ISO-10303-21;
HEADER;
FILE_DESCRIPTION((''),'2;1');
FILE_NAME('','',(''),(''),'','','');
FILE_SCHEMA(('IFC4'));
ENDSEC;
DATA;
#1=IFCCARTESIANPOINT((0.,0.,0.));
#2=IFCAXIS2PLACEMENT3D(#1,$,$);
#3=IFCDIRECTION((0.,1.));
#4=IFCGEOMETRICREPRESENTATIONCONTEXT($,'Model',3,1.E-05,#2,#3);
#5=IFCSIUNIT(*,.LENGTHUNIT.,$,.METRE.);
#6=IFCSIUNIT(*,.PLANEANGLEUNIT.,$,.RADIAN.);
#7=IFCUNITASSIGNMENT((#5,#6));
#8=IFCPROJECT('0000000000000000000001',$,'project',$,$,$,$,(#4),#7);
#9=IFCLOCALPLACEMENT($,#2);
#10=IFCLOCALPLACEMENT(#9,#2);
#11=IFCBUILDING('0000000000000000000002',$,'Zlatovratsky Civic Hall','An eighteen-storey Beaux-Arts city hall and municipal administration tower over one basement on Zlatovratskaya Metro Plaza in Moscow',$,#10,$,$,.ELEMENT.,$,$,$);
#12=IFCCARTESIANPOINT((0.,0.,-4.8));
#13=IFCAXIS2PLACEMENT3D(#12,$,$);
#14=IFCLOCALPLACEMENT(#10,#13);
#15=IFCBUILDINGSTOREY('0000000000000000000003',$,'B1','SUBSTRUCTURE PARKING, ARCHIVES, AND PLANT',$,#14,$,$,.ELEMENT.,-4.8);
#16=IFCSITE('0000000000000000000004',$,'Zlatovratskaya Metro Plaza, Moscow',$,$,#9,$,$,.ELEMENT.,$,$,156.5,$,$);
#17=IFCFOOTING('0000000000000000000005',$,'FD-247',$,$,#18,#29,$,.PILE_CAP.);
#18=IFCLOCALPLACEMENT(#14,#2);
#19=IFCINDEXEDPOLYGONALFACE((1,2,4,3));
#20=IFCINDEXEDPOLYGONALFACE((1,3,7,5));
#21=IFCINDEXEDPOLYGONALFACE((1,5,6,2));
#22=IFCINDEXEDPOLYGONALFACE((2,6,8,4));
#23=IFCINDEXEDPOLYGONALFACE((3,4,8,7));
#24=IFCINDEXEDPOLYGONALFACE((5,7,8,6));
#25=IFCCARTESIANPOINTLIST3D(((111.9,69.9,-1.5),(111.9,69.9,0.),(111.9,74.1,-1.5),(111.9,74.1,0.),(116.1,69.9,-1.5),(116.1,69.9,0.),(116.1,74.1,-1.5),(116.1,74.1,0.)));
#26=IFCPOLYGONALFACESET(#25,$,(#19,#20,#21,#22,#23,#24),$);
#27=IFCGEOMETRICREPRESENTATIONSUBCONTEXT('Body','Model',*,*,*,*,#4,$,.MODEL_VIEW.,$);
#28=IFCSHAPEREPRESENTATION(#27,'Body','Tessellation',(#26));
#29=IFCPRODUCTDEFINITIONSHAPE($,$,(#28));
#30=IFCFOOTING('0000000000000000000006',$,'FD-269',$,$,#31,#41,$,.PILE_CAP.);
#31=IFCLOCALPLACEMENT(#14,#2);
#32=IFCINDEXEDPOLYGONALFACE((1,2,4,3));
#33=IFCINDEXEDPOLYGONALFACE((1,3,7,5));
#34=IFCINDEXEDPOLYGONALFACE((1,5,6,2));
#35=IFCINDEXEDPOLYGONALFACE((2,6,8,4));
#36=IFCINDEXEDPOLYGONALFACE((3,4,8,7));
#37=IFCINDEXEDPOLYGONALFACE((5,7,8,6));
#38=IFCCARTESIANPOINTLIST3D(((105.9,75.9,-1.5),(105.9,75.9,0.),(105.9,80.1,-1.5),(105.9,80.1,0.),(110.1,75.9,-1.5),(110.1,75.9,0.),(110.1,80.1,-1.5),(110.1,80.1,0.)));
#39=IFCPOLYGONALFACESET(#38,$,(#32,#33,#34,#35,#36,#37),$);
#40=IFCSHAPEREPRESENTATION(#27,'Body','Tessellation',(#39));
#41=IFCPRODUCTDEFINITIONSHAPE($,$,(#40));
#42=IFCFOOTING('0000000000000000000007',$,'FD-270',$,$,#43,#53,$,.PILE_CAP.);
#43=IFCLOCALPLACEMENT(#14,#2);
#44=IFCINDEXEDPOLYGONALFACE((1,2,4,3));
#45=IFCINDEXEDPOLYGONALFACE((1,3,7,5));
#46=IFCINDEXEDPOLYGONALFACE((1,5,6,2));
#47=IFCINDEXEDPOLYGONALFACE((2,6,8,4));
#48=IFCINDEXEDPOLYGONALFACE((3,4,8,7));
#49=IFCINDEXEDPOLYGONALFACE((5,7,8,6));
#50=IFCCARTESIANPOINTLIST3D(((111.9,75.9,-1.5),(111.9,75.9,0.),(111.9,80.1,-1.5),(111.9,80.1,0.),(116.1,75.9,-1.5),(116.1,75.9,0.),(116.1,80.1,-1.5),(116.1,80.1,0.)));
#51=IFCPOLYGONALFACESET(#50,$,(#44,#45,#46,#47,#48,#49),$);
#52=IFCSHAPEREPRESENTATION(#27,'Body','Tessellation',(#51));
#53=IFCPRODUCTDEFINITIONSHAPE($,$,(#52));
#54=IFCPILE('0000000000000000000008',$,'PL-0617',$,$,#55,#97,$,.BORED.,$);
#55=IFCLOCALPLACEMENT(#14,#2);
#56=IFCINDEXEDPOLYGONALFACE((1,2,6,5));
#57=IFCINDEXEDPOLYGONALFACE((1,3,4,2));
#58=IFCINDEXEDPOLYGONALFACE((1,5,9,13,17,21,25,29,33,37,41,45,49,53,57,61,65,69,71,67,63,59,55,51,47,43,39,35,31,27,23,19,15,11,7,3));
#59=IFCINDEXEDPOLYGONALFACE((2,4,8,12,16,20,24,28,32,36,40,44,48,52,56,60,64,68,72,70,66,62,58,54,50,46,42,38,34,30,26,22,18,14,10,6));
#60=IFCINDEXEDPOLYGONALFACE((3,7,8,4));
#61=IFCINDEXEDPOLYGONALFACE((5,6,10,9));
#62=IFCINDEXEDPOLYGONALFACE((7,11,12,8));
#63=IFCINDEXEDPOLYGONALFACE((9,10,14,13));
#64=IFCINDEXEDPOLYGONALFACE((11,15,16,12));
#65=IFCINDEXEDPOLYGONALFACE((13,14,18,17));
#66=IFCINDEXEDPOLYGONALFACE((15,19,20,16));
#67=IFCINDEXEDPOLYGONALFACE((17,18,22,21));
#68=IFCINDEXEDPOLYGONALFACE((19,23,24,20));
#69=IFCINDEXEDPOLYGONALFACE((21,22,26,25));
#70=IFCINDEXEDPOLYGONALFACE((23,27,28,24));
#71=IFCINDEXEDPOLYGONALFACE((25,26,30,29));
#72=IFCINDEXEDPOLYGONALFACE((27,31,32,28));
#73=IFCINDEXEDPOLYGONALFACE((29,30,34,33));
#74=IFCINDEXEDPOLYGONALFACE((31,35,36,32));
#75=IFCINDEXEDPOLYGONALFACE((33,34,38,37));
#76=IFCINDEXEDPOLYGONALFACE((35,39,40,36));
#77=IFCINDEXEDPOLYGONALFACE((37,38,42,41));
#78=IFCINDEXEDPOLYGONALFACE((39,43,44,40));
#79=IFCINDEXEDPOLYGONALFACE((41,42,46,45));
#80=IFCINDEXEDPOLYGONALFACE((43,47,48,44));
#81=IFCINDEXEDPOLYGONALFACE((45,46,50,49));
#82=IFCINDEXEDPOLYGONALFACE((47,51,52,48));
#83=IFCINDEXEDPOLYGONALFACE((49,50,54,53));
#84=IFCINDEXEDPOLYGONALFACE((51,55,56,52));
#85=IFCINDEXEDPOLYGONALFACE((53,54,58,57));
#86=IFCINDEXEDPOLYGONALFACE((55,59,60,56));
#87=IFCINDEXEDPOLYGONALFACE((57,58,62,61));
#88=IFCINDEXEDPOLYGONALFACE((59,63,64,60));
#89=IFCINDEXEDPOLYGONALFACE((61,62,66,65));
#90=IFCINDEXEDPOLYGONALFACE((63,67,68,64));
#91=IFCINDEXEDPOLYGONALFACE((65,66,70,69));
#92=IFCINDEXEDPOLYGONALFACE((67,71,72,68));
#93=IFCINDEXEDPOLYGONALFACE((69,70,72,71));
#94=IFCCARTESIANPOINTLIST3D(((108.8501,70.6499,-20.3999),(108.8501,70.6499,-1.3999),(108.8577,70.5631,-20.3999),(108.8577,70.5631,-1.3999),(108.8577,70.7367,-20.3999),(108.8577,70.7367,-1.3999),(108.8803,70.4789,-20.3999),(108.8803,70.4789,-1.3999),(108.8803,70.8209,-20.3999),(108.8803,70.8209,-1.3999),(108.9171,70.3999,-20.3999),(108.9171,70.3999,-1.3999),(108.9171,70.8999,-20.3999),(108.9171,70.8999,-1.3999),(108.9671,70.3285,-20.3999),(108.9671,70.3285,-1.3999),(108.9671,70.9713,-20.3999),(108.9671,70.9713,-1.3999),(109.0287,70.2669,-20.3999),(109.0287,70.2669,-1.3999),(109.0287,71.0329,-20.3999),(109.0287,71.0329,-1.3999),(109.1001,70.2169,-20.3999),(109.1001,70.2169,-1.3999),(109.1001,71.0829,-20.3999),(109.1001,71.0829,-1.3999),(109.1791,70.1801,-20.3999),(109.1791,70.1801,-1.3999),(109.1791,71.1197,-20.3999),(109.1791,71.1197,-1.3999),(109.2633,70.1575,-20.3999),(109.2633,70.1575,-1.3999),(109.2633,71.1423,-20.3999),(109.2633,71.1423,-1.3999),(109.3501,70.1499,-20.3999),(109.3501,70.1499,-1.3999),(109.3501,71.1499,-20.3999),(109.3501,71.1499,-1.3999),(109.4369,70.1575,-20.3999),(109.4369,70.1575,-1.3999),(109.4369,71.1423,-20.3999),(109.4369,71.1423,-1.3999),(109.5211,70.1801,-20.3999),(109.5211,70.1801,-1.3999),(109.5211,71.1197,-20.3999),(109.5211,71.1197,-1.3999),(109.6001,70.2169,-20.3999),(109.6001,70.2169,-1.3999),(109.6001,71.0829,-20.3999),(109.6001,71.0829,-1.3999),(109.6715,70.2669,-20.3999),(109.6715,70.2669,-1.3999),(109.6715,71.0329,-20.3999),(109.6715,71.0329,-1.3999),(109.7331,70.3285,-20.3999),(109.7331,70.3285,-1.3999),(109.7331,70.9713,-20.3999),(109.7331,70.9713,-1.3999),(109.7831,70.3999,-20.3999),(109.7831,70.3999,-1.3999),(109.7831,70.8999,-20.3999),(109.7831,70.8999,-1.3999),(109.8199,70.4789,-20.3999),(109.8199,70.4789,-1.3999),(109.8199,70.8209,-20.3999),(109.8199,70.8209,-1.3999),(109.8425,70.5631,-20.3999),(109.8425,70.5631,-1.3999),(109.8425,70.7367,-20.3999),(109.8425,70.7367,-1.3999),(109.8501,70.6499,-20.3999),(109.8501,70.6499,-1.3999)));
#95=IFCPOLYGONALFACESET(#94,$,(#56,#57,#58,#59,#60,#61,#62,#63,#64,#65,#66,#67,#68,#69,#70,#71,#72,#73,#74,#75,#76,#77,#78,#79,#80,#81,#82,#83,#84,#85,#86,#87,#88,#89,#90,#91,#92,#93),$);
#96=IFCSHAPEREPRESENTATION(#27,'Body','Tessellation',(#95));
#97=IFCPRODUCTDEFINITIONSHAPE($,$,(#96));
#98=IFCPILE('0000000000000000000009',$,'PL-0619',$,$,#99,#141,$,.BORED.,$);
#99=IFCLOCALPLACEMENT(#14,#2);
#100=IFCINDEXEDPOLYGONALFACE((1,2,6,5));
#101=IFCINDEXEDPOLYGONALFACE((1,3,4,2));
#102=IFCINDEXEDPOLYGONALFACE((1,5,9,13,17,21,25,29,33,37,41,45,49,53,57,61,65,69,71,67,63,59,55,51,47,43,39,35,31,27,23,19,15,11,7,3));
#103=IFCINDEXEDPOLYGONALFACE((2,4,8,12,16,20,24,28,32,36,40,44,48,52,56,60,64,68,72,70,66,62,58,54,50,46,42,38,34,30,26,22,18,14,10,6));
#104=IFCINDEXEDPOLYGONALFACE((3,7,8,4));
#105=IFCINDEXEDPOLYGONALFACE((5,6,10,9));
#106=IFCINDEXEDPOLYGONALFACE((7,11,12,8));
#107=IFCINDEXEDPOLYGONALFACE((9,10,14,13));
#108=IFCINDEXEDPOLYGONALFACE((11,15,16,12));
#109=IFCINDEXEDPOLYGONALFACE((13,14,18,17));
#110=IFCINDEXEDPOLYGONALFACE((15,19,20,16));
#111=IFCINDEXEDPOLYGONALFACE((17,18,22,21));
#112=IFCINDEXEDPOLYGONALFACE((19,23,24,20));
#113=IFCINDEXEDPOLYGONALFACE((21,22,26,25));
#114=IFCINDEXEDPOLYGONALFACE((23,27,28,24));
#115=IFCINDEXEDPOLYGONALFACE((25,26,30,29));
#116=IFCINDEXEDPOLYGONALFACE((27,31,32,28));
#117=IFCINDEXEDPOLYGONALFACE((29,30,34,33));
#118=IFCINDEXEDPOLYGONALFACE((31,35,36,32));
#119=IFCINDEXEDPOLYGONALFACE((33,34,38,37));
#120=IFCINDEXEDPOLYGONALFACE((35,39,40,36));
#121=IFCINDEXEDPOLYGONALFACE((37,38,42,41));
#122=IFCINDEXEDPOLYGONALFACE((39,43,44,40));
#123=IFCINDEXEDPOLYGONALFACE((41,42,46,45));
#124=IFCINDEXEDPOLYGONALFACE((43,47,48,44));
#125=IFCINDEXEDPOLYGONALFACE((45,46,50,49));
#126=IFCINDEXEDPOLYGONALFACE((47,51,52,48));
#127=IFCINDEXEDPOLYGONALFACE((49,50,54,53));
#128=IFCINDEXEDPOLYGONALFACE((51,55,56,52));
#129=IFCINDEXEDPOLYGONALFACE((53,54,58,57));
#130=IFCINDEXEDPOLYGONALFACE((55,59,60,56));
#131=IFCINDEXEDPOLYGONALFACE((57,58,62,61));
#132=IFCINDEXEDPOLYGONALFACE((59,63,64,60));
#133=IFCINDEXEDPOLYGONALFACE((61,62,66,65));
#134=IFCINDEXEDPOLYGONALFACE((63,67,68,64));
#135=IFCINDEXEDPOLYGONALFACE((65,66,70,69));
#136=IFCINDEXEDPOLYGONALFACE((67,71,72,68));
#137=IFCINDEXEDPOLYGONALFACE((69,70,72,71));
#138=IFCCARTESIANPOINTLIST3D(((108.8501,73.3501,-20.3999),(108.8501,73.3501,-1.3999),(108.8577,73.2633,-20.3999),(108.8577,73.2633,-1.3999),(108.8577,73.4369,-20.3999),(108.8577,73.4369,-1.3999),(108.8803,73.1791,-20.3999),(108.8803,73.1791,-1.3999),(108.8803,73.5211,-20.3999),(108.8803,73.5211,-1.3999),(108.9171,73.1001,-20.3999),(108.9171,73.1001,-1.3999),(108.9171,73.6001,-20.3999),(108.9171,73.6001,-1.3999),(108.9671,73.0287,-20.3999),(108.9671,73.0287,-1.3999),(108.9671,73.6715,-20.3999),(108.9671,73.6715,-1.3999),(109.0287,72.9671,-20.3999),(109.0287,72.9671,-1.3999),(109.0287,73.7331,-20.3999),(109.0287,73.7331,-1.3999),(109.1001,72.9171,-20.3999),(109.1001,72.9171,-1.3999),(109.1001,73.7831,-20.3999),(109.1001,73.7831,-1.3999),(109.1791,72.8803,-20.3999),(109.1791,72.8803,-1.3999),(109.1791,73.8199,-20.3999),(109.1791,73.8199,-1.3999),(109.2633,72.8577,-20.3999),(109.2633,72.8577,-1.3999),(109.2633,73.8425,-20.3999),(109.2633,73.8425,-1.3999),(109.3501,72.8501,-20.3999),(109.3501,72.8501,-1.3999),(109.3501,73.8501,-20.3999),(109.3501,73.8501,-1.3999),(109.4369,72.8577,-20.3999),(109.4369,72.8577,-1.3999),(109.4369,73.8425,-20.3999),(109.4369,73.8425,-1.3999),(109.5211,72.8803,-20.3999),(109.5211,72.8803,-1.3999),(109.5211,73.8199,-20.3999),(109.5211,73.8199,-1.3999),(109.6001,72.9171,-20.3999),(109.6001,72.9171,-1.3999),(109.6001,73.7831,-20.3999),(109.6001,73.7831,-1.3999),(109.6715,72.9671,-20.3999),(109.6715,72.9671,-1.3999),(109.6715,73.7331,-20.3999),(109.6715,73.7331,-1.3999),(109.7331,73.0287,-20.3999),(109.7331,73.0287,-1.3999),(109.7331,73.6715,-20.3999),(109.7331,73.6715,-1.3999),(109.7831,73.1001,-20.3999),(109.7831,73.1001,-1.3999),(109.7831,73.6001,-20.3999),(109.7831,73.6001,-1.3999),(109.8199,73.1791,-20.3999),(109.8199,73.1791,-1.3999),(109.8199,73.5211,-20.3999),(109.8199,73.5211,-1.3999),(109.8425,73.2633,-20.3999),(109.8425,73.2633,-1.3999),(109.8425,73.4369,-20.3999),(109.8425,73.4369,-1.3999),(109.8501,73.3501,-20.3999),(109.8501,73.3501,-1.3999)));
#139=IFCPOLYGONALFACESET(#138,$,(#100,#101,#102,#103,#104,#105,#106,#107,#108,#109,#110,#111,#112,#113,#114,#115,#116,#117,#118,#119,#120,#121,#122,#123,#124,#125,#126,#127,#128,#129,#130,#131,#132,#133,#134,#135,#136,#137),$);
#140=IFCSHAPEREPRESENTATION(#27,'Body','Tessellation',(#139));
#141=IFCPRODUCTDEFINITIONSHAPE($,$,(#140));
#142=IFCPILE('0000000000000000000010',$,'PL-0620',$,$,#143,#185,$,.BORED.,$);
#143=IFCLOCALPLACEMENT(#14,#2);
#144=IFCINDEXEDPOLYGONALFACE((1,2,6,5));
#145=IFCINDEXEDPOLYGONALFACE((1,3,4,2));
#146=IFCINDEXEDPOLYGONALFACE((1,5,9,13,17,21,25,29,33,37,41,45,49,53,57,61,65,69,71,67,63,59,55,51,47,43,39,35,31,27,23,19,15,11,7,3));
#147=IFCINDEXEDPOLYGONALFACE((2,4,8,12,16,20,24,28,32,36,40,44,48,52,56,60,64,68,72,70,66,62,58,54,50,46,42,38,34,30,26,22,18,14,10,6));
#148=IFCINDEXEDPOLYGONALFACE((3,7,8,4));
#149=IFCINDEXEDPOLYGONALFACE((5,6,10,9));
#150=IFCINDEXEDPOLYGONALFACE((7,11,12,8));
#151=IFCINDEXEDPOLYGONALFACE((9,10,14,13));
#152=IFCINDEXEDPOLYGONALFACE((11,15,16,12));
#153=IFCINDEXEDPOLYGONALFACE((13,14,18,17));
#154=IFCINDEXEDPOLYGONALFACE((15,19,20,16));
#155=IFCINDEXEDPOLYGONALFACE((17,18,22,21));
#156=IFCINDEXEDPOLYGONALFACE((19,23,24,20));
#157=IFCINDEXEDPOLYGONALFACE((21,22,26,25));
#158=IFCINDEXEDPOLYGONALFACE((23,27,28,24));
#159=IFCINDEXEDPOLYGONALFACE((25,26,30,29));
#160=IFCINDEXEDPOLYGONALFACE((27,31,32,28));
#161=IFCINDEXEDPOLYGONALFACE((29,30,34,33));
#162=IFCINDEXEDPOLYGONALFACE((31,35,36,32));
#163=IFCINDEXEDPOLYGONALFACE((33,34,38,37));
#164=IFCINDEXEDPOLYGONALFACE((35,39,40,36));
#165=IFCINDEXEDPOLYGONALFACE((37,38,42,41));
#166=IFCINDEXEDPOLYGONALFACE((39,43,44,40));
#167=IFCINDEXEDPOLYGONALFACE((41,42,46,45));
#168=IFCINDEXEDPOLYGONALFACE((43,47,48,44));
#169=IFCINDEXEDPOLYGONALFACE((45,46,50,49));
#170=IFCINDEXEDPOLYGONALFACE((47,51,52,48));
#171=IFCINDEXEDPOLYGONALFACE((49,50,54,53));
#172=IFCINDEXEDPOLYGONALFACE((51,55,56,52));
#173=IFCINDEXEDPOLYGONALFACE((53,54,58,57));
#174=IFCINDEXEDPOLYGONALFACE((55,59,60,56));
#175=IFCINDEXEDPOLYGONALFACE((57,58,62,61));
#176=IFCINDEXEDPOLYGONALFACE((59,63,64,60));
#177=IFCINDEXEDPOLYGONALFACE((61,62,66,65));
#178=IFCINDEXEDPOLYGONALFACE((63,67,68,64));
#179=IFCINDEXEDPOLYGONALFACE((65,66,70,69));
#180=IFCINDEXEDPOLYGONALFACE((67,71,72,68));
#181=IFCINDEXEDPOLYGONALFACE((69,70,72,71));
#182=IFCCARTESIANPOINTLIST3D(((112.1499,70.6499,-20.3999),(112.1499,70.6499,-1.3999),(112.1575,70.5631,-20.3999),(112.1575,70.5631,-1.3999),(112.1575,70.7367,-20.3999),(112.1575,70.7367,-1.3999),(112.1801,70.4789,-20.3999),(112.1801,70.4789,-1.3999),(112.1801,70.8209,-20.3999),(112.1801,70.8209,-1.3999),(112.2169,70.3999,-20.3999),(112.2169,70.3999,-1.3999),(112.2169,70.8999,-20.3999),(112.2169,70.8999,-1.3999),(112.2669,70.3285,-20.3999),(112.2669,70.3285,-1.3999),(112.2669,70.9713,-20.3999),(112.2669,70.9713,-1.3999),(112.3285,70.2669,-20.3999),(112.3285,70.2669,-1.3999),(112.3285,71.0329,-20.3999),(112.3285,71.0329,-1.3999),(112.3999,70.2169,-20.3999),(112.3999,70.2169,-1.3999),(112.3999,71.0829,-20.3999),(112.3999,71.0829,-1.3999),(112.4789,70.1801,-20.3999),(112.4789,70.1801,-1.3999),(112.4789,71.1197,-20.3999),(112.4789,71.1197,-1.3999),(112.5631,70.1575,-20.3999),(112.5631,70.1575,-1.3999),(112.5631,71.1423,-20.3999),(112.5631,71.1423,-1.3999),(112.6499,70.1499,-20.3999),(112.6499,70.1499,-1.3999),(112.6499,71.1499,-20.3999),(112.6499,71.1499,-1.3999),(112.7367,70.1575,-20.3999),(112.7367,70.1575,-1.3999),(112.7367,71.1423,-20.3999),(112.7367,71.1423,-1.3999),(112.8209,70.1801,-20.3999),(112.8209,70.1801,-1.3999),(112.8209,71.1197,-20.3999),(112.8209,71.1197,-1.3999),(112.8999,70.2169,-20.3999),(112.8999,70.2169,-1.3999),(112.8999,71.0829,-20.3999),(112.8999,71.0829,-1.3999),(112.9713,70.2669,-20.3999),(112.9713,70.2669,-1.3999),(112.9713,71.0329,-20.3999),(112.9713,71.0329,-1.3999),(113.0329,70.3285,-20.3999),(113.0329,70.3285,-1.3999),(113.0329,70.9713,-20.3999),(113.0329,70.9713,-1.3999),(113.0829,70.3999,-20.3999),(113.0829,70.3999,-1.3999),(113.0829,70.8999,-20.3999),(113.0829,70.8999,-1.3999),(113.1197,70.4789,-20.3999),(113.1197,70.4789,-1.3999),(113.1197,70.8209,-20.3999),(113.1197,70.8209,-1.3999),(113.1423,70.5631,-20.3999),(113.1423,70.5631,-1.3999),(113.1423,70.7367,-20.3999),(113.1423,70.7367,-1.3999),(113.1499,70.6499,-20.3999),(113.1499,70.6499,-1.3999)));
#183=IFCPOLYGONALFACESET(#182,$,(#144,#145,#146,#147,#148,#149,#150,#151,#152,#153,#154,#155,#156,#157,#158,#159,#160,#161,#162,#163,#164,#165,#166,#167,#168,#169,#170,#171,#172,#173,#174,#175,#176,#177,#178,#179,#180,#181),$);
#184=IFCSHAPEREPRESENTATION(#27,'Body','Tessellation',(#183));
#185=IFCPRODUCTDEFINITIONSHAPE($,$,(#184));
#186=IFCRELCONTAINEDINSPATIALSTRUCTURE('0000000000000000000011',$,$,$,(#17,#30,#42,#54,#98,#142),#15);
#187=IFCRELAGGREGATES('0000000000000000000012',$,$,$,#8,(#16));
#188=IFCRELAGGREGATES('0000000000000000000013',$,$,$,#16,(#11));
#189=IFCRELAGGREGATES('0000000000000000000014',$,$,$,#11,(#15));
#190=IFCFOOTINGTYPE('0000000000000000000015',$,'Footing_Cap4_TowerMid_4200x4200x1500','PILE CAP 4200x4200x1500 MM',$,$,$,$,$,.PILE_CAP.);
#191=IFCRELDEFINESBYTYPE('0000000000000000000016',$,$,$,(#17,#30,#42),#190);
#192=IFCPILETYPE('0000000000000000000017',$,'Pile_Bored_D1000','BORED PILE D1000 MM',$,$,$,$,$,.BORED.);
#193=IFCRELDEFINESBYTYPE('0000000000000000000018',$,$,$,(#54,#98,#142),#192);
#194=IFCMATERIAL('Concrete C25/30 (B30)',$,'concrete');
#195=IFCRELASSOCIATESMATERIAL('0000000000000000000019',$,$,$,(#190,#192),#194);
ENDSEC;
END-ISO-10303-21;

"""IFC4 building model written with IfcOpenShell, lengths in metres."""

from ifc_helpers import new_model, si_unit, direction, frame, origin, origin_2d, place, context, subcontext, project, spatial, rectangle, circle, extrude, material, material_profile, profile_set, type_object, element, save


model = new_model("IFC4")

# Units and contexts
model_context = context("Model", 3, precision=1e-05, world=origin(), true_north=direction((0.0, 1.0)))
body_context = subcontext(model_context, "Body", "Model", "MODEL_VIEW")
ifc_project = project(units=[si_unit("LENGTHUNIT", "METRE"), si_unit("PLANEANGLEUNIT", "RADIAN")], contexts=[model_context])

# Site, building, storey
site_placement = place(None, origin())
site = spatial("IfcSite", under=ifc_project, at=site_placement, Name="Zlatovratskaya Metro Plaza, Moscow", CompositionType="ELEMENT", RefElevation=156.5)
building_placement = place(site_placement, origin())
building = spatial("IfcBuilding", under=site, at=building_placement, Name="Zlatovratsky Civic Hall", Description="An eighteen-storey Beaux-Arts city hall and municipal administration tower over one basement on Zlatovratskaya Metro Plaza in Moscow", CompositionType="ELEMENT")
storey_placement = place(building_placement, frame((0.0, 0.0, -4.8)))
storey = spatial("IfcBuildingStorey", under=building, at=storey_placement, Name="B1", Description="SUBSTRUCTURE PARKING, ARCHIVES, AND PLANT", CompositionType="ELEMENT", Elevation=-4.8)

# Footings
ifc_material_1 = material(Name="Concrete C25/30 (B30)", Category="concrete")
footing_type = type_object("IfcFootingType", Name="Footing_Cap4_TowerMid_4200x4200x1500", Description="PILE CAP 4200x4200x1500 MM", PredefinedType="PILE_CAP", material=ifc_material_1)
for number, where, z_axis, x_axis, name in (
    (1, (114.0, 72.0, -1.5), (0.0, 0.0, 1.0), (1.0, 0.0, 0.0), "FD-247"),
    (2, (108.0, 78.0, -1.5), (0.0, 0.0, 1.0), (1.0, 0.0, 0.0), "FD-269"),
    (3, (114.0, 78.0, -1.5), (0.0, 0.0, 1.0), (1.0, 0.0, 0.0), "FD-270"),
):
    element("IfcFooting", number, at=place(storey_placement, frame(where, z_axis=z_axis, x_axis=x_axis)), inside=storey, type_object=footing_type, Name=name, PredefinedType="PILE_CAP", context=body_context, shape_type="SweptSolid", body=[
        extrude(rectangle(XDim=4.2, YDim=4.2, at=origin_2d()), origin(), (0.0, 0.0, 1.0), 1.5),
    ])

# Piles
ifc_material_profile_1 = material_profile(ifc_material_1, circle(Radius=0.5, at=origin_2d()), Name="PILE D1000")
ifc_profile_set_1 = profile_set([ifc_material_profile_1], Name="Concrete C25/30 (B30)")
pile_type_1 = type_object("IfcPileType", Name="Pile_Bored_D1000", Description="BORED PILE D1000 MM", PredefinedType="BORED", material=ifc_profile_set_1)
for number, where, z_axis, x_axis, name in (
    (4, (109.3501, 70.6499, -1.3999), (0.0, 0.0, -1.0), (1.0, 0.0, 0.0), "PL-0617"),
    (5, (109.3501, 73.3501, -1.3999), (0.0, 0.0, -1.0), (1.0, 0.0, 0.0), "PL-0619"),
    (6, (112.6499, 70.6499, -1.3999), (0.0, 0.0, -1.0), (1.0, 0.0, 0.0), "PL-0620"),
):
    element("IfcPile", number, at=place(storey_placement, frame(where, z_axis=z_axis, x_axis=x_axis)), inside=storey, type_object=pile_type_1, Name=name, PredefinedType="BORED", context=body_context, shape_type="SweptSolid", body=[
        extrude(circle(Radius=0.5, at=origin_2d()), origin(), (0.0, 0.0, 1.0), 19.0),
    ])

save(model, "model.ifc")
